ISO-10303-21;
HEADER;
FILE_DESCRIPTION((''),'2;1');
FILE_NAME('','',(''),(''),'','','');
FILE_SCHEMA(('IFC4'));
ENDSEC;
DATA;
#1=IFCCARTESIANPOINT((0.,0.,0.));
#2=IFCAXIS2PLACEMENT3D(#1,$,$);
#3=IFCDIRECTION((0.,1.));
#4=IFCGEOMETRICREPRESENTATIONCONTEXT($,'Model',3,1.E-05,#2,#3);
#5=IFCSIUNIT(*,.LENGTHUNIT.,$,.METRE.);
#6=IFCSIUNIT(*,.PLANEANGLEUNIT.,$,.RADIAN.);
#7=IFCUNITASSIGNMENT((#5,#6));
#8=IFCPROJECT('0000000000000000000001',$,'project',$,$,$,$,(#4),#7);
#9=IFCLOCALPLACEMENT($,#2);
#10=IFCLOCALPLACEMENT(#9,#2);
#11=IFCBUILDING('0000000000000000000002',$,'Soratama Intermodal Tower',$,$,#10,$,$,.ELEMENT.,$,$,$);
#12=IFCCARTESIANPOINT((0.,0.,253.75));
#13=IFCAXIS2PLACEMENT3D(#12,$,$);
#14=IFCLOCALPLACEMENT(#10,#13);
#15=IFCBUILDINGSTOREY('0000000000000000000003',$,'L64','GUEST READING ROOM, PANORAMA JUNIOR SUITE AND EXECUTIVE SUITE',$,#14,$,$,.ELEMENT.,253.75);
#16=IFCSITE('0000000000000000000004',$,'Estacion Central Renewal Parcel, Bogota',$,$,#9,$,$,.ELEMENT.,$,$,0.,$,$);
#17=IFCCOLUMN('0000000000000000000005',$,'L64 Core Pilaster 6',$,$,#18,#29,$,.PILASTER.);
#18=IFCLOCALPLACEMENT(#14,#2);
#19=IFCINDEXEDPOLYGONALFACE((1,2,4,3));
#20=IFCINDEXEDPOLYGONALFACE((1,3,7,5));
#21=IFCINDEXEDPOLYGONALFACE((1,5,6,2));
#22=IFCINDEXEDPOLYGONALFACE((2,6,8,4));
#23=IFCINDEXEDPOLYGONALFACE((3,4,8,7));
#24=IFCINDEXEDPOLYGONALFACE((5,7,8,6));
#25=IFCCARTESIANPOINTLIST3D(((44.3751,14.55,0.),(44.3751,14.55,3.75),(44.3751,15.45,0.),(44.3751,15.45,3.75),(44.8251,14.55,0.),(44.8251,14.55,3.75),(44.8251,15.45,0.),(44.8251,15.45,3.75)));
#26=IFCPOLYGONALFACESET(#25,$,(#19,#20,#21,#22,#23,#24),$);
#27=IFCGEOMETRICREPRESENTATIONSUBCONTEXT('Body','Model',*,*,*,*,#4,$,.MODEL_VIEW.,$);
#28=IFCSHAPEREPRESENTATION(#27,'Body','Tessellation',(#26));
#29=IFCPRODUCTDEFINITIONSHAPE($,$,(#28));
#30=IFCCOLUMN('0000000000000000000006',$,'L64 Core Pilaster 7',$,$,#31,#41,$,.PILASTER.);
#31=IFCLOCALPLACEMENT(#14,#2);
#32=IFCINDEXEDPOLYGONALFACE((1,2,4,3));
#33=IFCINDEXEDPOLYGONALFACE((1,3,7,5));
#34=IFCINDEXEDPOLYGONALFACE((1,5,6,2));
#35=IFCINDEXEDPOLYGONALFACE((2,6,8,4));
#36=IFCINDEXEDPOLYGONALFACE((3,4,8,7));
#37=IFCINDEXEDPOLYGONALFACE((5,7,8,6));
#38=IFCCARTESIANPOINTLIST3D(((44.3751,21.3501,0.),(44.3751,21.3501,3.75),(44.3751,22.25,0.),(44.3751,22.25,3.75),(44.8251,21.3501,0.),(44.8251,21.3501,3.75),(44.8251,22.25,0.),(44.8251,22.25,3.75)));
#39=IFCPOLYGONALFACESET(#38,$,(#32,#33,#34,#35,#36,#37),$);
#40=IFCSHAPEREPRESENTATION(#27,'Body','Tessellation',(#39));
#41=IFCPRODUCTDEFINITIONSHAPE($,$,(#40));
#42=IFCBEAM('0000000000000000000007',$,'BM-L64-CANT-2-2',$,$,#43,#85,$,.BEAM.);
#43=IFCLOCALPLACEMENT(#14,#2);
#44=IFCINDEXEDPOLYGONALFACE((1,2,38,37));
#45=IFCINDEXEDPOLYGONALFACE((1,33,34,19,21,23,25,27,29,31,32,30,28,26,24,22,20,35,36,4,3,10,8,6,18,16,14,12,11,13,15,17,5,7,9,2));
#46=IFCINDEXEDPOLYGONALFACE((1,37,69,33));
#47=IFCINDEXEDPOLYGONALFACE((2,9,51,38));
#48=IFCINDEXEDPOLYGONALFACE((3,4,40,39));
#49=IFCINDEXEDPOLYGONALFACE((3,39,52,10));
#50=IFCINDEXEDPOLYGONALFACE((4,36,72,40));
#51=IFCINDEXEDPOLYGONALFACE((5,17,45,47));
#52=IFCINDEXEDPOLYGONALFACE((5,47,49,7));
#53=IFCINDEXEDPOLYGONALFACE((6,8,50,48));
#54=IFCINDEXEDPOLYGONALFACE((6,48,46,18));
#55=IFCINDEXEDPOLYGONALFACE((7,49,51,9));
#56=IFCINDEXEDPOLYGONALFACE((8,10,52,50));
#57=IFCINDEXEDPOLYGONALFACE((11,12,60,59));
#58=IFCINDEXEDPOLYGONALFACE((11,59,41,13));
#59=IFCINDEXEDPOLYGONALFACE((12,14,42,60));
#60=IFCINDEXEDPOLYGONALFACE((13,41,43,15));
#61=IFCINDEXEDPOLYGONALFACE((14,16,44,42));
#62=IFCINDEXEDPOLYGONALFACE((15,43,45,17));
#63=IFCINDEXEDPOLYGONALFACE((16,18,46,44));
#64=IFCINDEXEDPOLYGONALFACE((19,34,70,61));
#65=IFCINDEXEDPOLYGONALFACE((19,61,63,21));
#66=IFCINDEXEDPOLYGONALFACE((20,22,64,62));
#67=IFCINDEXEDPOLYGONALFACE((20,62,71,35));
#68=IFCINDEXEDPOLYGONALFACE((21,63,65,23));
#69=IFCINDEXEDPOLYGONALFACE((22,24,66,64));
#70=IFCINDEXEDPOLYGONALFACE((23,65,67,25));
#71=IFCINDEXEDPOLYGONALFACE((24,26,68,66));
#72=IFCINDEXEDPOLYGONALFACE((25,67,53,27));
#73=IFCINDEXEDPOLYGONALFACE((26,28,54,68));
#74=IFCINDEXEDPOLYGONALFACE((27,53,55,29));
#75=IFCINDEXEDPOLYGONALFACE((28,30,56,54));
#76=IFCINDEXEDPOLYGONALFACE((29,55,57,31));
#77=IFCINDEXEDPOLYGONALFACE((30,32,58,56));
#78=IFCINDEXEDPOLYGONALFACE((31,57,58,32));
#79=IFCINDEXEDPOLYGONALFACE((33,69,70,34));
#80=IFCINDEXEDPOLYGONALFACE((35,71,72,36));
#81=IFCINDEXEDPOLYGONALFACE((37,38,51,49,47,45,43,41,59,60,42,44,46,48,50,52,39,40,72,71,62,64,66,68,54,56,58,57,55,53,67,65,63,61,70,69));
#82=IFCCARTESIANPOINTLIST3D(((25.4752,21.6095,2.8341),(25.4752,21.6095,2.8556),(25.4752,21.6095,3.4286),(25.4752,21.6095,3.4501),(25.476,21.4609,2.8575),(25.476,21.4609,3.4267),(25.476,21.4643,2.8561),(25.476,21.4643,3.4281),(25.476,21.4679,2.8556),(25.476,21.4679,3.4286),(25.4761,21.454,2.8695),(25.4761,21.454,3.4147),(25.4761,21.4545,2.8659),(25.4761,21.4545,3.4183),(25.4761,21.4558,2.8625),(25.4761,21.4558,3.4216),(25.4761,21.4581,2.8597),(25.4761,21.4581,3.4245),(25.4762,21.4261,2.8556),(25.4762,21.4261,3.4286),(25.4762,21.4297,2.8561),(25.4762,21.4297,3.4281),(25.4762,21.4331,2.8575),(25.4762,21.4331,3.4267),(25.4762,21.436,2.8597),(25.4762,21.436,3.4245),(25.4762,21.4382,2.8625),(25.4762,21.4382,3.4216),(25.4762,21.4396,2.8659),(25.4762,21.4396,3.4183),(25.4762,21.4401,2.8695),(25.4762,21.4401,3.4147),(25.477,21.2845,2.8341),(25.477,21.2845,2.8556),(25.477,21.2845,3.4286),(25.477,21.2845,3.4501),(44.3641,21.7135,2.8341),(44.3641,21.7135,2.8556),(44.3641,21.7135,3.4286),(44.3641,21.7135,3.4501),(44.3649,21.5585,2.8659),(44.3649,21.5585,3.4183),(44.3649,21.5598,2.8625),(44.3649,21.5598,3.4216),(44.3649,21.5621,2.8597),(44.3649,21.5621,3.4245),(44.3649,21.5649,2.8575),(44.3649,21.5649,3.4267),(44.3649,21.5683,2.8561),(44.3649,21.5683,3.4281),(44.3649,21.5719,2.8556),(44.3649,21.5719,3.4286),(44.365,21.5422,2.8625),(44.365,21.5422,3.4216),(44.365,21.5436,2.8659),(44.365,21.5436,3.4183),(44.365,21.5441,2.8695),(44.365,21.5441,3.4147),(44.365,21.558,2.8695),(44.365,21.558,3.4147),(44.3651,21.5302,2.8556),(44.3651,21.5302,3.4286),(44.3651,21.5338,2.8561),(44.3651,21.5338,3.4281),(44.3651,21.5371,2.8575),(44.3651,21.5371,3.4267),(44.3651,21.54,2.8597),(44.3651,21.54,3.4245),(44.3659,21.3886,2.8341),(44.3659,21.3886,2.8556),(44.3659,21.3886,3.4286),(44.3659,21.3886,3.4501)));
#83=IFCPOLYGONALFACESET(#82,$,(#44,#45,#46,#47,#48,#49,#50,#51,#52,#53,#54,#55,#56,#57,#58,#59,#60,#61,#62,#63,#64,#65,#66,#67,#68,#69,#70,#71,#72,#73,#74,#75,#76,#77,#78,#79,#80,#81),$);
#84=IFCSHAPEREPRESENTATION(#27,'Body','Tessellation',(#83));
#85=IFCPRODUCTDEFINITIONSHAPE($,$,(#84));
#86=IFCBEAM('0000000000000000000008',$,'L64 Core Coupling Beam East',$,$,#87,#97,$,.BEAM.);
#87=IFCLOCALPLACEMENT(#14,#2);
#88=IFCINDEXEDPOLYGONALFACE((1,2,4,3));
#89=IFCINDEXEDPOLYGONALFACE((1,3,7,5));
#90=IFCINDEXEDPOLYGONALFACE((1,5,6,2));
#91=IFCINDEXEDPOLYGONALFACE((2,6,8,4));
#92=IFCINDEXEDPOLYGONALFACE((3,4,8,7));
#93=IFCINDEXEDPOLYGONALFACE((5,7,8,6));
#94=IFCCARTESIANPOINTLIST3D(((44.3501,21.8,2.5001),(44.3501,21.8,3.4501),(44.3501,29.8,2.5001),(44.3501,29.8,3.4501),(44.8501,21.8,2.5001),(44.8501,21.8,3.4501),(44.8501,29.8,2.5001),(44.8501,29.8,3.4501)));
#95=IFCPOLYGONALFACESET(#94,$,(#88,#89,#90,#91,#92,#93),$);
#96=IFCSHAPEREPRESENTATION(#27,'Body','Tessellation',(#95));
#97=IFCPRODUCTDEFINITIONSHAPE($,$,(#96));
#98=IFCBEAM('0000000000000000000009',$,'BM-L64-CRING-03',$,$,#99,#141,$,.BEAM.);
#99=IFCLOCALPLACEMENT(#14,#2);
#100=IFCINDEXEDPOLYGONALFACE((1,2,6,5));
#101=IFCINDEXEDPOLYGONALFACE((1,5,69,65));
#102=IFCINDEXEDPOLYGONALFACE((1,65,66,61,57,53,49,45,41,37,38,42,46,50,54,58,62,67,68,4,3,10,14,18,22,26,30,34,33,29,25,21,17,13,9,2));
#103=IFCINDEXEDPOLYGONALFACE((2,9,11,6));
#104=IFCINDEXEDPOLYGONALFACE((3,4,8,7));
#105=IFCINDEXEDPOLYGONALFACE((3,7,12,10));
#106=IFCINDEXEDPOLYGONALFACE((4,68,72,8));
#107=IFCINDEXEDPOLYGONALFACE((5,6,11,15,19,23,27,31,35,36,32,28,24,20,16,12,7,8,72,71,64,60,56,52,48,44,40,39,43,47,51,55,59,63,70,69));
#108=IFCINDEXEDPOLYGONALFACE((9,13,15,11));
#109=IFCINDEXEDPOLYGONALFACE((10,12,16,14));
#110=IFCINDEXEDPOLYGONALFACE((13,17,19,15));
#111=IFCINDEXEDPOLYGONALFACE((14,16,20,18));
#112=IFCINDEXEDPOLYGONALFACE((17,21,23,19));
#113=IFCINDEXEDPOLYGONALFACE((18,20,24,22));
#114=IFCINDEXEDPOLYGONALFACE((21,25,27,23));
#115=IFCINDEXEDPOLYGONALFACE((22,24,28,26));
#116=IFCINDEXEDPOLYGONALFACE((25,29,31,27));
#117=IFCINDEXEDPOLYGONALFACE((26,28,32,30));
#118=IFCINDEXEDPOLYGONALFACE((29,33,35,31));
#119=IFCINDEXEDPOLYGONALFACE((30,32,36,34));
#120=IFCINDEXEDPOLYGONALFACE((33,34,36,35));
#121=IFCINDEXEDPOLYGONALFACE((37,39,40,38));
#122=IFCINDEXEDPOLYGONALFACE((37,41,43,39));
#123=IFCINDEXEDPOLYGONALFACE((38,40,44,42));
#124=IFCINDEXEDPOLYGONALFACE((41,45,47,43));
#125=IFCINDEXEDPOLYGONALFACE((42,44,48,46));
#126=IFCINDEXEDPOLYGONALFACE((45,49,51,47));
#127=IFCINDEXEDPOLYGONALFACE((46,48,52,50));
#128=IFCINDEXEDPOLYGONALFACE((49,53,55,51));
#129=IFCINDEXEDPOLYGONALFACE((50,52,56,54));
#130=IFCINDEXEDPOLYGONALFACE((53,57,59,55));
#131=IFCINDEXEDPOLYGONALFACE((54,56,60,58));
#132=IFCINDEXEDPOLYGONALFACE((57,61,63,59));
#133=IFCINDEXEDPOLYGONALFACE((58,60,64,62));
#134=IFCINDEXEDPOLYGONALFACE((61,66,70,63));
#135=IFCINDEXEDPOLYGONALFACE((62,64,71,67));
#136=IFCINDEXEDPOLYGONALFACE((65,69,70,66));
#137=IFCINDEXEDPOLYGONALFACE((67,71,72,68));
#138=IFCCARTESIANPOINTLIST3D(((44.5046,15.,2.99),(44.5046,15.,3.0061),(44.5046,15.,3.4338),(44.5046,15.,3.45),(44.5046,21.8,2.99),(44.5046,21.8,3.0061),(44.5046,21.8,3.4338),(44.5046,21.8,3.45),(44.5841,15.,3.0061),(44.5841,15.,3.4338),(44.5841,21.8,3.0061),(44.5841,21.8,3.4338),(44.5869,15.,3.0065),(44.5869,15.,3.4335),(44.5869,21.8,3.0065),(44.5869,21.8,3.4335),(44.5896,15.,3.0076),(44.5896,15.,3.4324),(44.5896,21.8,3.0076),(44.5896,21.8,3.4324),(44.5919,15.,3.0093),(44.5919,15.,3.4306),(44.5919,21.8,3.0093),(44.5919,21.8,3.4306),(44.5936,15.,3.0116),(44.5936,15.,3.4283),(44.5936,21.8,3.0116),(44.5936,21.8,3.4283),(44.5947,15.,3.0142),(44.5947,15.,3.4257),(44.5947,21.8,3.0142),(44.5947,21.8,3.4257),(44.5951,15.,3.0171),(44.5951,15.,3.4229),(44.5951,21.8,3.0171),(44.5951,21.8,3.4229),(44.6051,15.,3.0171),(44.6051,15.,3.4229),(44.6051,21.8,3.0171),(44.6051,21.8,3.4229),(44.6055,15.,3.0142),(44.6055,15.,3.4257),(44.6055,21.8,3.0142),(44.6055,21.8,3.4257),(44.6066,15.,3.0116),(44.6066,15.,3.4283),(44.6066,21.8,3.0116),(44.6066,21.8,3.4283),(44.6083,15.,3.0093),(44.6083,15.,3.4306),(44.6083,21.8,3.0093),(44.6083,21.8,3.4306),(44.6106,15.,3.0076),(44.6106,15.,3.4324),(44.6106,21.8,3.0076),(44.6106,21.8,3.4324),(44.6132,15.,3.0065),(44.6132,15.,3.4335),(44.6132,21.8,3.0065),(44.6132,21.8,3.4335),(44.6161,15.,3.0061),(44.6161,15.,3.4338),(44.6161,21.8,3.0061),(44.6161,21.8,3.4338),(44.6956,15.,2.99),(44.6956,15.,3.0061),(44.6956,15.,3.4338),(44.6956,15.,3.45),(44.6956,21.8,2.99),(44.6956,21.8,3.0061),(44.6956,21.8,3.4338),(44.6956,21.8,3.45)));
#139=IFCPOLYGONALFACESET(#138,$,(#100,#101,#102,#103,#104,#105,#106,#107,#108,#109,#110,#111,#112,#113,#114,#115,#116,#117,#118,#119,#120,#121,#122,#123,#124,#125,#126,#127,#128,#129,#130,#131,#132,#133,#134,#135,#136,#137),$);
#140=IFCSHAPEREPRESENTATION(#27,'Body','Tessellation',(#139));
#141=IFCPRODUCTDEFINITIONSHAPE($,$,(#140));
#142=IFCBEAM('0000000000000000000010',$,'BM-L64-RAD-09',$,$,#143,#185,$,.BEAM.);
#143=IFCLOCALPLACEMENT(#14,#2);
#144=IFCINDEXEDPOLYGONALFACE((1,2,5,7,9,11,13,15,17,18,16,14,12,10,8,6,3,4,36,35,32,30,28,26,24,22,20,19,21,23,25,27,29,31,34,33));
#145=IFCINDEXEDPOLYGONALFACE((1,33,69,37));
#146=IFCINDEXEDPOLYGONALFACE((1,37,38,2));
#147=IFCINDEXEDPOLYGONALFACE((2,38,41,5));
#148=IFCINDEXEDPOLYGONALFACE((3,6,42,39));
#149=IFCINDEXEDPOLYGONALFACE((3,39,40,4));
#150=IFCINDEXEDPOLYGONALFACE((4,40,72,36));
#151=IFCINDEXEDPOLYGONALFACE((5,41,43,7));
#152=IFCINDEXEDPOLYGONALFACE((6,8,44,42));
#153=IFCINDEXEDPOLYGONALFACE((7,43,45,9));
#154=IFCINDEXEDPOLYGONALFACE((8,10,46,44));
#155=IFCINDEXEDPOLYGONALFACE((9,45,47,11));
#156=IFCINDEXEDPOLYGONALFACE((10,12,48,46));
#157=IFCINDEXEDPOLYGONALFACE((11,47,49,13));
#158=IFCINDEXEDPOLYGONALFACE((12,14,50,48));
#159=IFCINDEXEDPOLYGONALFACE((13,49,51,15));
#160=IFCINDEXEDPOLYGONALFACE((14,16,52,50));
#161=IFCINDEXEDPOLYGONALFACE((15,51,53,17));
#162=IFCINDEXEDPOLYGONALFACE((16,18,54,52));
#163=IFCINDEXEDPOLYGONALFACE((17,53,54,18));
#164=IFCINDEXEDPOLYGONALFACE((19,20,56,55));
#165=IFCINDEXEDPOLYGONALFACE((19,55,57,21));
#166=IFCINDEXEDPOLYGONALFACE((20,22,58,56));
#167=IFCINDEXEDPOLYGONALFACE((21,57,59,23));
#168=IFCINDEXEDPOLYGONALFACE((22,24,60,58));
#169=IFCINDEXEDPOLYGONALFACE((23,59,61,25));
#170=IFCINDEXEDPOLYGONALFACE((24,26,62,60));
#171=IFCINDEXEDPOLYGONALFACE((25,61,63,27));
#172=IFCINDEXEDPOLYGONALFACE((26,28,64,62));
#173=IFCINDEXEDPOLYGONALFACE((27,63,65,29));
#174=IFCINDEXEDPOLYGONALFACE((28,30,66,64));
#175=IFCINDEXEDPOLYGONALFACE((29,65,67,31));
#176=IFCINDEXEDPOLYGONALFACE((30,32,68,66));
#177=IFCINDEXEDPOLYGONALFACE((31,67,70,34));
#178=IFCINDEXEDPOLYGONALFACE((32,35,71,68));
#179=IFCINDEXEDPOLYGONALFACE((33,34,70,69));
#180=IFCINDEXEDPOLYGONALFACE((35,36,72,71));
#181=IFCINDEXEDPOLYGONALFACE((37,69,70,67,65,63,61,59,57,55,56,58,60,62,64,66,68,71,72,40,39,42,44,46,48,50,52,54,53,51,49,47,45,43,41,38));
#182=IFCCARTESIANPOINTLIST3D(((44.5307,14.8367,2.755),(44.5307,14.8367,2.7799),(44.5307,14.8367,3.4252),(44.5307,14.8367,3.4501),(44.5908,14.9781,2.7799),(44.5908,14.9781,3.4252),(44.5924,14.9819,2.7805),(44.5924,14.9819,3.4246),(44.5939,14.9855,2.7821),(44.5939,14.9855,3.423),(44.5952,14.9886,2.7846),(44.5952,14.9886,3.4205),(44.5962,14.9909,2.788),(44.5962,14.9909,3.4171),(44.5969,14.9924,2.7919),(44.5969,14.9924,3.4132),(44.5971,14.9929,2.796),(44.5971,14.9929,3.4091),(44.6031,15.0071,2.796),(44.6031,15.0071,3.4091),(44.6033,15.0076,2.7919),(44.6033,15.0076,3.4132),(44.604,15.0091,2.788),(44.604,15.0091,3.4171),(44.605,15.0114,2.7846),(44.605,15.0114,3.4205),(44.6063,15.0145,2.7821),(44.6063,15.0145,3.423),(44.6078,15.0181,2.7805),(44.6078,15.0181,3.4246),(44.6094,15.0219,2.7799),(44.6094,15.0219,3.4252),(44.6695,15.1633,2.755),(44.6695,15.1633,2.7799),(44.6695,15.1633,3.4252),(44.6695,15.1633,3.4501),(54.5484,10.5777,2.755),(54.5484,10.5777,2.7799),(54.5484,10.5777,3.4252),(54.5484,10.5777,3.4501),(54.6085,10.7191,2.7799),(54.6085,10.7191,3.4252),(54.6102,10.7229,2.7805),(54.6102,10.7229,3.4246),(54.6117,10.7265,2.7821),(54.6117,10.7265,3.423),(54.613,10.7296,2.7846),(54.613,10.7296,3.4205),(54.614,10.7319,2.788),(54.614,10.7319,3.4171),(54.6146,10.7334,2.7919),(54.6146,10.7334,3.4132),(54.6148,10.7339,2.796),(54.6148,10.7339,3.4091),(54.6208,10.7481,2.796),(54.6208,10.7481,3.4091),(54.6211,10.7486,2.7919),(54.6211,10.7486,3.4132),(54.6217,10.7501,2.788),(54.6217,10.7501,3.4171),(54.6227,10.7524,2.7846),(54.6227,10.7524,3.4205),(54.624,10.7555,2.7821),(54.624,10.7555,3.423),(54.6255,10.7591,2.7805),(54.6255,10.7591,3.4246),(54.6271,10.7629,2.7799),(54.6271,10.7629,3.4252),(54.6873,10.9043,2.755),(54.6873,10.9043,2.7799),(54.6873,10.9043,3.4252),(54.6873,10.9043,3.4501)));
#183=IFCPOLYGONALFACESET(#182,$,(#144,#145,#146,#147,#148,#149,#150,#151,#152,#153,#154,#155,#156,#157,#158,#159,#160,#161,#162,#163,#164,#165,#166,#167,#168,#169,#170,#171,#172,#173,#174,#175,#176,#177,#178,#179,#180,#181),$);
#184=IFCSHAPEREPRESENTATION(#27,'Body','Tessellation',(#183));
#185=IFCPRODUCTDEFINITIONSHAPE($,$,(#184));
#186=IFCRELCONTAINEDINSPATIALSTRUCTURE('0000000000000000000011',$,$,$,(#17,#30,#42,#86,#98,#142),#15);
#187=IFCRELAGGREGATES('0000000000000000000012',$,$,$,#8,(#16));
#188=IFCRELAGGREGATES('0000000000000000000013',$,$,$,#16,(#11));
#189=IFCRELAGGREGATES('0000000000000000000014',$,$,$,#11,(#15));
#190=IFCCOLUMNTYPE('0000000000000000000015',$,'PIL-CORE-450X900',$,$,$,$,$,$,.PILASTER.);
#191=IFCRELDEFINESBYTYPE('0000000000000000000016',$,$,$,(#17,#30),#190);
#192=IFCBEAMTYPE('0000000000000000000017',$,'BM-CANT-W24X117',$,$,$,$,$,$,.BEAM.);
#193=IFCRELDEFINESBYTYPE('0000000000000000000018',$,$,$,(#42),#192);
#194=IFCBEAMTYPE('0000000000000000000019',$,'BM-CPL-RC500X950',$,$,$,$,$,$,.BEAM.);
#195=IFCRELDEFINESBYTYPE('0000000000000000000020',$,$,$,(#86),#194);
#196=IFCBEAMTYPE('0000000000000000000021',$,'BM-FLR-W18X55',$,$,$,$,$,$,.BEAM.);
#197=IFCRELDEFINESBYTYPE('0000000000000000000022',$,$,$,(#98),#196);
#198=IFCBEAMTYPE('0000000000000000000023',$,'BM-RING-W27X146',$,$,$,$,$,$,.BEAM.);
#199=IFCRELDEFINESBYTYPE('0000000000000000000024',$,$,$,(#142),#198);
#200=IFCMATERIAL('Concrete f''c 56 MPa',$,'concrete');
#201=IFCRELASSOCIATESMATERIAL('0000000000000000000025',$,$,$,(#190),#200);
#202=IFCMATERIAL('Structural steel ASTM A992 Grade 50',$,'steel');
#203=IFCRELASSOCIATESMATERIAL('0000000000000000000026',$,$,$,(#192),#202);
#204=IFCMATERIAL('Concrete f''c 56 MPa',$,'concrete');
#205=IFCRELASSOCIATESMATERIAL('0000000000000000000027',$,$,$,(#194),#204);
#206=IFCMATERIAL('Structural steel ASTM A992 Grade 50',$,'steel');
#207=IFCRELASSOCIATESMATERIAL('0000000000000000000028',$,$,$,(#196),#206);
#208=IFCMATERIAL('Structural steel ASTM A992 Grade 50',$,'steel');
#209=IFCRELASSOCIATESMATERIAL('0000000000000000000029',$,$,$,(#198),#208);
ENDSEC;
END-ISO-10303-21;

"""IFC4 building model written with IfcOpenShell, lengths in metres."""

from ifc_helpers import new_model, si_unit, direction, frame, origin, origin_2d, place, context, subcontext, project, spatial, rectangle, i_section, extrude, material, material_profile, profile_set, type_object, element, save


model = new_model("IFC4")

# Units and contexts
model_context = context("Model", 3, precision=1e-05, world=origin(), true_north=direction((0.0, 1.0)))
body_context = subcontext(model_context, "Body", "Model", "MODEL_VIEW")
ifc_project = project(units=[si_unit("LENGTHUNIT", "METRE"), si_unit("PLANEANGLEUNIT", "RADIAN")], contexts=[model_context])

# Site, building, storey
site_placement = place(None, origin())
site = spatial("IfcSite", under=ifc_project, at=site_placement, Name="Estacion Central Renewal Parcel, Bogota", CompositionType="ELEMENT", RefElevation=0.0)
building_placement = place(site_placement, origin())
building = spatial("IfcBuilding", under=site, at=building_placement, Name="Soratama Intermodal Tower", CompositionType="ELEMENT")
storey_placement = place(building_placement, frame((0.0, 0.0, 253.75)))
storey = spatial("IfcBuildingStorey", under=building, at=storey_placement, Name="L64", Description="GUEST READING ROOM, PANORAMA JUNIOR SUITE AND EXECUTIVE SUITE", CompositionType="ELEMENT", Elevation=253.75)

# Columns
ifc_material_1 = material(Name="Concrete f'c 56 MPa", Category="concrete")
ifc_material_profile_1 = material_profile(ifc_material_1, rectangle(XDim=0.45, YDim=0.8999, at=origin_2d()), Name="RC450X900")
ifc_profile_set_1 = profile_set([ifc_material_profile_1], Name="Concrete f'c 56 MPa")
column_type = type_object("IfcColumnType", Name="PIL-CORE-450X900", PredefinedType="PILASTER", material=ifc_profile_set_1)
for number, where, z_axis, x_axis, name in (
    (1, (44.6001, 15.0, 0.0), (0.0, 0.0, 1.0), (1.0, 0.0, 0.0), "L64 Core Pilaster 6"),
    (2, (44.6001, 21.8, 0.0), (0.0, 0.0, 1.0), (1.0, 0.0, 0.0), "L64 Core Pilaster 7"),
):
    element("IfcColumn", number, at=place(storey_placement, frame(where, z_axis=z_axis, x_axis=x_axis)), inside=storey, type_object=column_type, Name=name, PredefinedType="PILASTER", context=body_context, shape_type="SweptSolid", body=[
        extrude(rectangle(XDim=0.45, YDim=0.8999, at=origin_2d()), origin(), (0.0, 0.0, 1.0), 3.75),
    ])

# Beams
ifc_material_2 = material(Name="Structural steel ASTM A992 Grade 50", Category="steel")
ifc_material_profile_2 = material_profile(ifc_material_2, i_section(OverallWidth=0.325, OverallDepth=0.616, WebThickness=0.0139, FlangeThickness=0.0215, FilletRadius=0.0139, at=origin_2d()), Name="W24X117")
ifc_profile_set_2 = profile_set([ifc_material_profile_2], Name="Structural steel ASTM A992 Grade 50")
beam_type_1 = type_object("IfcBeamType", Name="BM-CANT-W24X117", PredefinedType="BEAM", material=ifc_profile_set_2)
beam_1_placement = place(storey_placement, frame((44.365, 21.551, 3.1421), z_axis=(-0.999985, -0.005506, 0.0), x_axis=(0.005506, -0.999985, 0.0)))
element("IfcBeam", 3, at=beam_1_placement, inside=storey, type_object=beam_type_1, Name="BM-L64-CANT-2-2", PredefinedType="BEAM", context=body_context, shape_type="SweptSolid", body=[
    extrude(i_section(OverallWidth=0.325, OverallDepth=0.616, WebThickness=0.0139, FlangeThickness=0.0215, FilletRadius=0.0139, at=origin_2d()), origin(), (0.0, 0.0, 1.0), 18.8892),
])
ifc_material_3 = material(Name="Concrete f'c 56 MPa", Category="concrete")
ifc_material_profile_3 = material_profile(ifc_material_3, rectangle(XDim=0.5, YDim=0.95, at=origin_2d()), Name="RC500X950")
ifc_profile_set_3 = profile_set([ifc_material_profile_3], Name="Concrete f'c 56 MPa")
beam_type_2 = type_object("IfcBeamType", Name="BM-CPL-RC500X950", PredefinedType="BEAM", material=ifc_profile_set_3)
beam_2_placement = place(storey_placement, frame((44.6001, 21.8, 2.9751), z_axis=(0.0, 1.0, 0.0), x_axis=(-1.0, 0.0, 0.0)))
element("IfcBeam", 4, at=beam_2_placement, inside=storey, type_object=beam_type_2, Name="L64 Core Coupling Beam East", PredefinedType="BEAM", context=body_context, shape_type="SweptSolid", body=[
    extrude(rectangle(XDim=0.5, YDim=0.95, at=origin_2d()), origin(), (0.0, 0.0, 1.0), 8.0),
])
ifc_material_4 = material(Name="Structural steel ASTM A992 Grade 50", Category="steel")
ifc_material_profile_4 = material_profile(ifc_material_4, i_section(OverallWidth=0.1909, OverallDepth=0.46, WebThickness=0.01, FlangeThickness=0.0161, FilletRadius=0.011, at=origin_2d()), Name="W18X55")
ifc_profile_set_4 = profile_set([ifc_material_profile_4], Name="Structural steel ASTM A992 Grade 50")
beam_type_3 = type_object("IfcBeamType", Name="BM-FLR-W18X55", PredefinedType="BEAM", material=ifc_profile_set_4)
beam_3_placement = place(storey_placement, frame((44.6001, 15.0, 3.22), z_axis=(0.0, 1.0, 0.0), x_axis=(-1.0, 0.0, 0.0)))
element("IfcBeam", 5, at=beam_3_placement, inside=storey, type_object=beam_type_3, Name="BM-L64-CRING-03", PredefinedType="BEAM", context=body_context, shape_type="SweptSolid", body=[
    extrude(i_section(OverallWidth=0.1909, OverallDepth=0.46, WebThickness=0.01, FlangeThickness=0.0161, FilletRadius=0.011, at=origin_2d()), origin(), (0.0, 0.0, 1.0), 6.8),
])
ifc_material_5 = material(Name="Structural steel ASTM A992 Grade 50", Category="steel")
ifc_material_profile_5 = material_profile(ifc_material_5, i_section(OverallWidth=0.355, OverallDepth=0.6951, WebThickness=0.0154, FlangeThickness=0.0249, FilletRadius=0.0161, at=origin_2d()), Name="W27X146")
ifc_profile_set_5 = profile_set([ifc_material_profile_5], Name="Structural steel ASTM A992 Grade 50")
beam_type_4 = type_object("IfcBeamType", Name="BM-RING-W27X146", PredefinedType="BEAM", material=ifc_profile_set_5)
beam_4_placement = place(storey_placement, frame((44.6001, 15.0, 3.1025), z_axis=(0.920283, -0.391254, 0.0), x_axis=(0.391254, 0.920283, 0.0)))
element("IfcBeam", 6, at=beam_4_placement, inside=storey, type_object=beam_type_4, Name="BM-L64-RAD-09", PredefinedType="BEAM", context=body_context, shape_type="SweptSolid", body=[
    extrude(i_section(OverallWidth=0.355, OverallDepth=0.6951, WebThickness=0.0154, FlangeThickness=0.0249, FilletRadius=0.0161, at=origin_2d()), origin(), (0.0, 0.0, 1.0), 10.8855),
])

save(model, "model.ifc")
